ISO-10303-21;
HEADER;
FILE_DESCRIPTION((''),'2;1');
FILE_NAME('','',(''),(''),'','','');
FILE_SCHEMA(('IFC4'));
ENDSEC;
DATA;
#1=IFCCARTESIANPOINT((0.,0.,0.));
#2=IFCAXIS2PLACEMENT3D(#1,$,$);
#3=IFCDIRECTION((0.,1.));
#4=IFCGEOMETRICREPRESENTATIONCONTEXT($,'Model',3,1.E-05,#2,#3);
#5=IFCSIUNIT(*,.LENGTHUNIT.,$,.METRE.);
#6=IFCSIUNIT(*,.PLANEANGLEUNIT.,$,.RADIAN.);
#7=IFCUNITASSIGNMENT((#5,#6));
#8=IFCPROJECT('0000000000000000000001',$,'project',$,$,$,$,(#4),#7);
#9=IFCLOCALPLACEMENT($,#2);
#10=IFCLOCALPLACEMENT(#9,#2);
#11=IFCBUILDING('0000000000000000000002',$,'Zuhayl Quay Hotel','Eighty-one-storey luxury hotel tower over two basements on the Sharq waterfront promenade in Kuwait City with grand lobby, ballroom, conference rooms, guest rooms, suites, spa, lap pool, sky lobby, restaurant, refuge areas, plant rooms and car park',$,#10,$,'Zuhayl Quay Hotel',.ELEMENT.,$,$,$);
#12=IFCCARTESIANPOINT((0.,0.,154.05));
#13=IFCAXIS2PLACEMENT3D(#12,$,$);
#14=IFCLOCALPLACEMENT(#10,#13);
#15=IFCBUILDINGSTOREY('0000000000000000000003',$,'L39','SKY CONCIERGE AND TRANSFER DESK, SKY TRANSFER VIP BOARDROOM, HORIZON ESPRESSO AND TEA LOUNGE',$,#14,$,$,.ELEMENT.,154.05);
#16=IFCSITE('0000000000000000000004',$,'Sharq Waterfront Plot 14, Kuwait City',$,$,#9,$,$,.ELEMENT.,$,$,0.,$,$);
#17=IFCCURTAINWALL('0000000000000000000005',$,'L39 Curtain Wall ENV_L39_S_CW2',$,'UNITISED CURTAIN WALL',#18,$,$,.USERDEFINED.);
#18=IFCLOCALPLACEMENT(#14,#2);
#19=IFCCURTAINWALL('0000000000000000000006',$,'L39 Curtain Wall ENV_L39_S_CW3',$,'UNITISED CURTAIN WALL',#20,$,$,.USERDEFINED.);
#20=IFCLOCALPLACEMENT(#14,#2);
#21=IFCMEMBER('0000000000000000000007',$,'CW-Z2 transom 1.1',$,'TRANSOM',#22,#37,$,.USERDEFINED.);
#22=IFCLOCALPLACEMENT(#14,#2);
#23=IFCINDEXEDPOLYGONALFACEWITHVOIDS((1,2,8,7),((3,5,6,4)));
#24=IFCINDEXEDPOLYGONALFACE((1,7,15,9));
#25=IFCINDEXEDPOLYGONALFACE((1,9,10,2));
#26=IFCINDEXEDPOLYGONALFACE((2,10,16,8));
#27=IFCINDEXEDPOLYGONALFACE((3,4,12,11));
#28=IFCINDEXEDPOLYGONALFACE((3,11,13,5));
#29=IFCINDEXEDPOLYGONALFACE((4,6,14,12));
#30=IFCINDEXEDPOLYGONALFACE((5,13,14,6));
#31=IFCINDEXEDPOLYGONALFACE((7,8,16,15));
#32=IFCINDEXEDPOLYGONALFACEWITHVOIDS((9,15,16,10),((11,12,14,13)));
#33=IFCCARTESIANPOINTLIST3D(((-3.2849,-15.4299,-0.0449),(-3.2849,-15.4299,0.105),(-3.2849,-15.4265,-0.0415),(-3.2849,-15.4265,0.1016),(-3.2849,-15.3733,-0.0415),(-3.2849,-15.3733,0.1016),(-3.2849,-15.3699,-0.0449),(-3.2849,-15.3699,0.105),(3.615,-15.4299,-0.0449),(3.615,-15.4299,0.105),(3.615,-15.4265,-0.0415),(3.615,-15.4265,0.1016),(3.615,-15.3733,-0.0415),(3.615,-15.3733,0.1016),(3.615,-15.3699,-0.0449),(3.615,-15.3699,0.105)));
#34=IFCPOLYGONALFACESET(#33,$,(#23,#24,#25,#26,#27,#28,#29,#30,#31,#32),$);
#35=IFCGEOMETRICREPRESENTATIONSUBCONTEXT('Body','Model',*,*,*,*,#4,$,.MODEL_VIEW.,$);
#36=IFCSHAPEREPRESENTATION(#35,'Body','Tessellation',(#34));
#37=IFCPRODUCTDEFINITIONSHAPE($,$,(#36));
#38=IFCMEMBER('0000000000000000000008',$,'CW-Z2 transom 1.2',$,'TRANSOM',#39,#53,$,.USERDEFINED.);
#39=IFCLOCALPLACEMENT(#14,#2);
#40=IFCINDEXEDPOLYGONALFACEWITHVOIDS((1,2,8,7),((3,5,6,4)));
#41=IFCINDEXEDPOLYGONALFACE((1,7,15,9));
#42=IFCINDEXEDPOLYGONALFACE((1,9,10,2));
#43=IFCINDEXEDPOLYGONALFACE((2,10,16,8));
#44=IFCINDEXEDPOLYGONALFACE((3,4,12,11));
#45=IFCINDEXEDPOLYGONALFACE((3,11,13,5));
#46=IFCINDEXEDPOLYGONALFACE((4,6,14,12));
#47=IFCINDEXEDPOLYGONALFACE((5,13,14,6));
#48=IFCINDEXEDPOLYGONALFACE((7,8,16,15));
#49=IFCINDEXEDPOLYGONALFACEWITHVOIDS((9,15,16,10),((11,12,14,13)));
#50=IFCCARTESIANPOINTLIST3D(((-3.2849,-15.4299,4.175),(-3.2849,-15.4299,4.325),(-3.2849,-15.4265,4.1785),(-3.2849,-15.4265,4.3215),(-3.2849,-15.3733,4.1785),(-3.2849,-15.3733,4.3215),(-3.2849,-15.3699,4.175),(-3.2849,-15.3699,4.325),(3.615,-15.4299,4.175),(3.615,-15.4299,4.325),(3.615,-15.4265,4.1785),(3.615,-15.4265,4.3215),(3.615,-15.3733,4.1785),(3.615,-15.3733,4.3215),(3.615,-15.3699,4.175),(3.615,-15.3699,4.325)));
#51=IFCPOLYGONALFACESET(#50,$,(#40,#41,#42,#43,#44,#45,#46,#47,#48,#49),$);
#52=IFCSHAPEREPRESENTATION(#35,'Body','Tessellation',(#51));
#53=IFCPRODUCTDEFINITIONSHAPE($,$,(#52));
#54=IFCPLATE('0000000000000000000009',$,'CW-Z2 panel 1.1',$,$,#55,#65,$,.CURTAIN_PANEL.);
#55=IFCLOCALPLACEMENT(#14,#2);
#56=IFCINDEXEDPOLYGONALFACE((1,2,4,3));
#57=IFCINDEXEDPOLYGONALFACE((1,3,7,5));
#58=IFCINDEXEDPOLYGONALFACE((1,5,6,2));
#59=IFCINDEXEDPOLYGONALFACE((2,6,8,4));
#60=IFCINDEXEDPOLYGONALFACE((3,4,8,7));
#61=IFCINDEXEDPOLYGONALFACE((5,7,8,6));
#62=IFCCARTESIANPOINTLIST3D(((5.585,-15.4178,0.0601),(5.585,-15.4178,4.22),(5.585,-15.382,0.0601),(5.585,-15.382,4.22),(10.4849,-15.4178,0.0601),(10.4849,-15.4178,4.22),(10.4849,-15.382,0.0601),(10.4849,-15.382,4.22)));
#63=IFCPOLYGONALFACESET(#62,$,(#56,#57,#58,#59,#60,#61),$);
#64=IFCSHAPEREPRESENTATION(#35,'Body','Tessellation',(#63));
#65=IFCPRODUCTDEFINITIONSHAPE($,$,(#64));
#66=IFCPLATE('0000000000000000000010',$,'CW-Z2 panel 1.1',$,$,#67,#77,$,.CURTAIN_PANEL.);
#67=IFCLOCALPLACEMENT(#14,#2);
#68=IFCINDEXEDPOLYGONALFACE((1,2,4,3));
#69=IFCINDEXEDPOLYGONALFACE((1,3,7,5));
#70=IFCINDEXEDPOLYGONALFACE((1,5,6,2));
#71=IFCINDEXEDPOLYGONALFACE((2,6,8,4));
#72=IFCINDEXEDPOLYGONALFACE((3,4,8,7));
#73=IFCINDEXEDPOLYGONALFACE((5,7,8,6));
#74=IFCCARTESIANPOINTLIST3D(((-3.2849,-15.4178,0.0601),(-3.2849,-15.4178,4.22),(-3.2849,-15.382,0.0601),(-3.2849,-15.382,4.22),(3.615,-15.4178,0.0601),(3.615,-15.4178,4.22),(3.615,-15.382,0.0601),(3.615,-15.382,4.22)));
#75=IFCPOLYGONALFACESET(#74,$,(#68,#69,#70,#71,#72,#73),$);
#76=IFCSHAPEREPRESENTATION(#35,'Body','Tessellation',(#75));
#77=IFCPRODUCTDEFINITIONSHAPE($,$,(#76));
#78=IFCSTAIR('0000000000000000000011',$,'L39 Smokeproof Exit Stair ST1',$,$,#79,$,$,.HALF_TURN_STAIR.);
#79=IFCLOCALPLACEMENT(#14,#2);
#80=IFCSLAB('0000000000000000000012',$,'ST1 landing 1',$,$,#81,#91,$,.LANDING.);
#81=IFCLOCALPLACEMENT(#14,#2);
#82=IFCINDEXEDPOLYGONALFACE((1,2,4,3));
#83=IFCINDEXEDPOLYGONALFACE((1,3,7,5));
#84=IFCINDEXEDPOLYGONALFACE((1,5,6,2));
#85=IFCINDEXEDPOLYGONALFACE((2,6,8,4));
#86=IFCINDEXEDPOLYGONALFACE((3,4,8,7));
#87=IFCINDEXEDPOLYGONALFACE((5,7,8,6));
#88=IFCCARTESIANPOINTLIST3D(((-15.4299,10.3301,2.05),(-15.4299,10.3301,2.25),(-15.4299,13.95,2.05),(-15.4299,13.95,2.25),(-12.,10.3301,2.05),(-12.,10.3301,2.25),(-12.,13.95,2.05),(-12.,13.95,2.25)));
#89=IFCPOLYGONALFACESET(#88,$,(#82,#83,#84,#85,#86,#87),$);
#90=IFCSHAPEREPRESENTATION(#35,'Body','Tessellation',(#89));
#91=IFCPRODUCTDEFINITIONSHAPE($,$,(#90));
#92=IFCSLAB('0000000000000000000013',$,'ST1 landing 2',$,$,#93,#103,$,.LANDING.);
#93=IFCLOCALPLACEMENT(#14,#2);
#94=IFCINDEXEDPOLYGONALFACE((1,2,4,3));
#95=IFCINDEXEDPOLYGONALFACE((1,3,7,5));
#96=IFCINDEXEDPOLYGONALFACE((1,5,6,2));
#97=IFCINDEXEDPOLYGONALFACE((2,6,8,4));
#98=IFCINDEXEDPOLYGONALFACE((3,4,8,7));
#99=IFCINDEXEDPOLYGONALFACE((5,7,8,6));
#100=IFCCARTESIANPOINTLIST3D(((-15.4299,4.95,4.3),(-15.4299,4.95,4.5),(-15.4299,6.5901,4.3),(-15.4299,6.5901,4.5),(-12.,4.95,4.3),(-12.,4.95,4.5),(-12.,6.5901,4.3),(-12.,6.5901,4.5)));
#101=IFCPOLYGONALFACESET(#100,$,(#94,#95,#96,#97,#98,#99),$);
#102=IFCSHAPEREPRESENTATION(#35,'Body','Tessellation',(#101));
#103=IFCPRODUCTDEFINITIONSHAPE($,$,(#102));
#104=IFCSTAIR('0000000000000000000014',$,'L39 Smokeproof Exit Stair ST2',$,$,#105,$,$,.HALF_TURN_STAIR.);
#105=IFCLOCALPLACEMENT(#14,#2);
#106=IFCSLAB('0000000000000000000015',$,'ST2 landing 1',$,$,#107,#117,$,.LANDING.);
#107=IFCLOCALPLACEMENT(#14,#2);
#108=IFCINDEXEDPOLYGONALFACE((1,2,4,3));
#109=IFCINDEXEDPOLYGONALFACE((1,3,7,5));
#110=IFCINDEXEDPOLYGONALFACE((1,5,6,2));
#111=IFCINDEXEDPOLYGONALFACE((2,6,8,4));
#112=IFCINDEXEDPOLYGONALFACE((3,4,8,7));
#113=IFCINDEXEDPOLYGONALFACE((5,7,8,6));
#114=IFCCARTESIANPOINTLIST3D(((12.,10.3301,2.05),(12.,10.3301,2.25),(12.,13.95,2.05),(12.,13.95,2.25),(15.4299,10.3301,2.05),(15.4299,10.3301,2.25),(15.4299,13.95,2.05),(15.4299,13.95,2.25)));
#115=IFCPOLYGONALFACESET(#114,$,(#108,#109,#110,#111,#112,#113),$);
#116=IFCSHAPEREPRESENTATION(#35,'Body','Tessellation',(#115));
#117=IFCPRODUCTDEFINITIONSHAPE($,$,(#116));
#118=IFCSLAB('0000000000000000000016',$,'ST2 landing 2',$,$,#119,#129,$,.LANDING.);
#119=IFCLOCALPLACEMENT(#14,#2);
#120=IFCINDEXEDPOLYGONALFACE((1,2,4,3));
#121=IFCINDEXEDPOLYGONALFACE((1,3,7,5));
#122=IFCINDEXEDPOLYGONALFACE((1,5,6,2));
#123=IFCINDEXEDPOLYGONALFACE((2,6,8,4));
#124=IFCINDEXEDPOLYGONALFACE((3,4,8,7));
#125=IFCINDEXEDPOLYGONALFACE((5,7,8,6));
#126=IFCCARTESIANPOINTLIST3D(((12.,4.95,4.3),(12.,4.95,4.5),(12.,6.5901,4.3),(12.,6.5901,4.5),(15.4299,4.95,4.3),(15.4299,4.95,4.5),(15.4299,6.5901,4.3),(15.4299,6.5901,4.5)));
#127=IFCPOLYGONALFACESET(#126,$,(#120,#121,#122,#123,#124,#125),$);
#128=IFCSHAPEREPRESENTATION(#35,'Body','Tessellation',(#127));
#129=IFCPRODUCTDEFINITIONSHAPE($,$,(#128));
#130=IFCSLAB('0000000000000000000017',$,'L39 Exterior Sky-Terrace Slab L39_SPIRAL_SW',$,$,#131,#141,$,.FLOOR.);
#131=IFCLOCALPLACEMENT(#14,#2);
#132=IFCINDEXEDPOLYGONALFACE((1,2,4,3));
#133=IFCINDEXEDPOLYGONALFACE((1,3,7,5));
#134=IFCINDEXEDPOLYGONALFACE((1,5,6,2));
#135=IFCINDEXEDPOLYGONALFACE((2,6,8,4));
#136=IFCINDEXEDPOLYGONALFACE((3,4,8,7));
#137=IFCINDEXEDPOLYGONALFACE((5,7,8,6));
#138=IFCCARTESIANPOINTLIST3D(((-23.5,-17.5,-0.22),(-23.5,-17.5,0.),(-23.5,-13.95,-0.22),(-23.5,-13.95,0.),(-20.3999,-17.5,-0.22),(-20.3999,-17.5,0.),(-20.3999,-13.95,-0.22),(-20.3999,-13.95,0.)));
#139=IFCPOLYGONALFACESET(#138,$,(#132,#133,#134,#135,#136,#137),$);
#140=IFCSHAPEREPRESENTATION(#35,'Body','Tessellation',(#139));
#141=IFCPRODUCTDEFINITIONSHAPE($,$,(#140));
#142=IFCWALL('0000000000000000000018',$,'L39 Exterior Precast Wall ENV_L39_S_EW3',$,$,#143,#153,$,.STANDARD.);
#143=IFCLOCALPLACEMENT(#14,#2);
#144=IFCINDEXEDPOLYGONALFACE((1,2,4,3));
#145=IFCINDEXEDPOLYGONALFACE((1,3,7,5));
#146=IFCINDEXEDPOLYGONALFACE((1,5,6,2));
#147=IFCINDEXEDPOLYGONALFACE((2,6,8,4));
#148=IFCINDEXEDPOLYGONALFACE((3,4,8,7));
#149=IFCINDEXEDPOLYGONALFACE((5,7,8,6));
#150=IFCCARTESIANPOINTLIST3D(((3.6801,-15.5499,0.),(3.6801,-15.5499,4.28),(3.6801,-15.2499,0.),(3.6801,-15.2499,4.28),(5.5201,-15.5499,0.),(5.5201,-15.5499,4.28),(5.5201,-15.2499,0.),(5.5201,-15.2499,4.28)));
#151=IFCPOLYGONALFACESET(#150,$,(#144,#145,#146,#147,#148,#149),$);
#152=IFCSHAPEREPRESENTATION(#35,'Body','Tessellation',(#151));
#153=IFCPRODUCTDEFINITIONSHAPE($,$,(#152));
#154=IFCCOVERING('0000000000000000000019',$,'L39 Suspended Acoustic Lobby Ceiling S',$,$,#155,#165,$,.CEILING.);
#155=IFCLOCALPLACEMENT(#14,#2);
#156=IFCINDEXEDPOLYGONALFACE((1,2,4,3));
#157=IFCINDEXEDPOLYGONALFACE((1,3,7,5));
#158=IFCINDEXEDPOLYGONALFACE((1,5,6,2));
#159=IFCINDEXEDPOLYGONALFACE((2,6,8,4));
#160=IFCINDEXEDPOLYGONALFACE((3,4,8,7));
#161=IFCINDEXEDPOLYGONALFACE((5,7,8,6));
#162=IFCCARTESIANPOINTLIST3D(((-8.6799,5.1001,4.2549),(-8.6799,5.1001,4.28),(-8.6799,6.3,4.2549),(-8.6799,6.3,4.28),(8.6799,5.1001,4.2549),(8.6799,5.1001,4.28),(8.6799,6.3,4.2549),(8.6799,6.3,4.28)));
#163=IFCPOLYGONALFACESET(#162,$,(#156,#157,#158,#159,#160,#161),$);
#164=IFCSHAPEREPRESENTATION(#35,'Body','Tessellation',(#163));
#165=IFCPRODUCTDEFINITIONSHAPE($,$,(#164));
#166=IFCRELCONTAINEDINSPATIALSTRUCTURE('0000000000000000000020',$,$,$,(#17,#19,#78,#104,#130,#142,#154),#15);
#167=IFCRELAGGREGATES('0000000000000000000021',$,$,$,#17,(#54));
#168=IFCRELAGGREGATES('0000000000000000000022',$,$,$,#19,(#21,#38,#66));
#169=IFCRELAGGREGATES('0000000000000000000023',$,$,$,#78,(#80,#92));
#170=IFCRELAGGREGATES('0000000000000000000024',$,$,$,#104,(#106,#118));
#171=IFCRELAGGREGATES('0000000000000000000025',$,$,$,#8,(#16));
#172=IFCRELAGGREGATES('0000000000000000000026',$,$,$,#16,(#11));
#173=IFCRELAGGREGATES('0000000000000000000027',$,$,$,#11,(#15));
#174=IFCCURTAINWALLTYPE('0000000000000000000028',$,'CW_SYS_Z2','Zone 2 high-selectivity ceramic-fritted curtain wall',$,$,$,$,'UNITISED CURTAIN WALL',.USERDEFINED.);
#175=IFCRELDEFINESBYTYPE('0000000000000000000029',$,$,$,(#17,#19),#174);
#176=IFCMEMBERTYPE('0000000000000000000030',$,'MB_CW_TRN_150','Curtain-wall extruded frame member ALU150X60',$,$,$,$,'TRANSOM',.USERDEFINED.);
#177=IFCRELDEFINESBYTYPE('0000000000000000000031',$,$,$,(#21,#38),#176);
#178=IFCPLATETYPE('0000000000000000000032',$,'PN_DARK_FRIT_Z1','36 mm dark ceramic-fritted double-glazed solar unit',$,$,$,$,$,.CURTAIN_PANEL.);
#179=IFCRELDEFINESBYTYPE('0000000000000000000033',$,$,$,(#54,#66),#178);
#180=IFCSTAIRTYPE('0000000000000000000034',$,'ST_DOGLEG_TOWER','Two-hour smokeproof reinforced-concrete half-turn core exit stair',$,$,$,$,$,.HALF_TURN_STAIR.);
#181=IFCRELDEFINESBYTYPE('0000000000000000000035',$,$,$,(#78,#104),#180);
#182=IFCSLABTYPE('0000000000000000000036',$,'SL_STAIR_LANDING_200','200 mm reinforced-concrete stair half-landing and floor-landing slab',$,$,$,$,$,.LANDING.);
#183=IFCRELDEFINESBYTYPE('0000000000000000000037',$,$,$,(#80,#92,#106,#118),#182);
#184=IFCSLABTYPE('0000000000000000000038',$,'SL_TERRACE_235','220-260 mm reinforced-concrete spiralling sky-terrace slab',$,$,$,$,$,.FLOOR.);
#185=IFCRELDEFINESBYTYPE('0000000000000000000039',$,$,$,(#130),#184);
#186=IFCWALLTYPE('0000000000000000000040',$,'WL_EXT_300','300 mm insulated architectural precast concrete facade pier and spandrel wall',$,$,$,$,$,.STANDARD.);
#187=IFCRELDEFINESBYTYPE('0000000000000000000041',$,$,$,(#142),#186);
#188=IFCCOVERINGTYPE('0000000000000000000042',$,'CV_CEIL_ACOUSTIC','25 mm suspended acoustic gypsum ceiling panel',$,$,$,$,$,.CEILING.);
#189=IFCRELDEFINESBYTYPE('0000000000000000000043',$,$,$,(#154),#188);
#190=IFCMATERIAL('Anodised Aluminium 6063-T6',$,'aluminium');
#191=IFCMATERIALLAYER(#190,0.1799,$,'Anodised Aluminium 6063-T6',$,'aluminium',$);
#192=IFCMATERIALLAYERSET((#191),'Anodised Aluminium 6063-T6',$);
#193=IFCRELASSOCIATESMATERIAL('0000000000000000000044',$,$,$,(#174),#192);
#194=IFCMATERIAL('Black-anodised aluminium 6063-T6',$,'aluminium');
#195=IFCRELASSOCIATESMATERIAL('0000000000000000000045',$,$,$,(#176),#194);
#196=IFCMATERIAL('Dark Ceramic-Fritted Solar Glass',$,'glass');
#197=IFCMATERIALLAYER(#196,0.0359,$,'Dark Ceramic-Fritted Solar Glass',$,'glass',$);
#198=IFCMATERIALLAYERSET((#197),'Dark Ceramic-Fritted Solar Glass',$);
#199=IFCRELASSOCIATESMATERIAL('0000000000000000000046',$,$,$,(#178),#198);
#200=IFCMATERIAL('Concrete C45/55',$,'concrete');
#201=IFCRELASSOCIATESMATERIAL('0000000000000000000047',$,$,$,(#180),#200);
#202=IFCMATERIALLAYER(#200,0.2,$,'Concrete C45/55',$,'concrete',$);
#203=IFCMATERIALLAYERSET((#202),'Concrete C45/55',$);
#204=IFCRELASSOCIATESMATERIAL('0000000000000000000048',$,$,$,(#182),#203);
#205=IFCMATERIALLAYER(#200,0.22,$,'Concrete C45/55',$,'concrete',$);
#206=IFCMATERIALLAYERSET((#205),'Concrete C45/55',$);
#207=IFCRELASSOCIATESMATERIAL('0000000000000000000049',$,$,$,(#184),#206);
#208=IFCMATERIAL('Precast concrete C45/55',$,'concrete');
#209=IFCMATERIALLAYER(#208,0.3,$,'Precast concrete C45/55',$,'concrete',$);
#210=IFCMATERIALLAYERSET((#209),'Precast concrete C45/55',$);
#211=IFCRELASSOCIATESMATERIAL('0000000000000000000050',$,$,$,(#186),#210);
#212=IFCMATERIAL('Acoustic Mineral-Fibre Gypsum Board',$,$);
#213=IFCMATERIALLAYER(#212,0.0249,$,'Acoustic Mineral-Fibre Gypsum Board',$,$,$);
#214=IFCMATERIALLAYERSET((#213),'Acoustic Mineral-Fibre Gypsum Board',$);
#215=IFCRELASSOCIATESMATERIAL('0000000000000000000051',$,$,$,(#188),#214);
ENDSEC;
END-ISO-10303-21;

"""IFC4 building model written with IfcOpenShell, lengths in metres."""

from ifc_helpers import new_model, si_unit, direction, frame, frame_2d, origin, origin_2d, place, context, subcontext, project, spatial, polyline, rectangle, hollow_rectangle, outline, extrude, material, layer, layer_set, material_profile, profile_set, type_object, element, aggregate, save


model = new_model("IFC4")

# Units and contexts
model_context = context("Model", 3, precision=1e-05, world=origin(), true_north=direction((0.0, 1.0)))
body_context = subcontext(model_context, "Body", "Model", "MODEL_VIEW")
ifc_project = project(units=[si_unit("LENGTHUNIT", "METRE"), si_unit("PLANEANGLEUNIT", "RADIAN")], contexts=[model_context])

# Site, building, storey
site_placement = place(None, origin())
site = spatial("IfcSite", under=ifc_project, at=site_placement, Name="Sharq Waterfront Plot 14, Kuwait City", CompositionType="ELEMENT", RefElevation=0.0)
building_placement = place(site_placement, origin())
building = spatial("IfcBuilding", under=site, at=building_placement, Name="Zuhayl Quay Hotel", Description="Eighty-one-storey luxury hotel tower over two basements on the Sharq waterfront promenade in Kuwait City with grand lobby, ballroom, conference rooms, guest rooms, suites, spa, lap pool, sky lobby, restaurant, refuge areas, plant rooms and car park", LongName="Zuhayl Quay Hotel", CompositionType="ELEMENT")
storey_placement = place(building_placement, frame((0.0, 0.0, 154.05)))
storey = spatial("IfcBuildingStorey", under=building, at=storey_placement, Name="L39", Description="SKY CONCIERGE AND TRANSFER DESK, SKY TRANSFER VIP BOARDROOM, HORIZON ESPRESSO AND TEA LOUNGE", CompositionType="ELEMENT", Elevation=154.05)

# Curtain wall
ifc_material_1 = material(Name="Anodised Aluminium 6063-T6", Category="aluminium")
ifc_layer_1 = layer(ifc_material_1, 0.1799, Name="Anodised Aluminium 6063-T6", Category="aluminium")
ifc_layer_set_1 = layer_set([ifc_layer_1], Name="Anodised Aluminium 6063-T6")
curtain_wall_type = type_object("IfcCurtainWallType", Name="CW_SYS_Z2", Description="Zone 2 high-selectivity ceramic-fritted curtain wall", ElementType="UNITISED CURTAIN WALL", PredefinedType="USERDEFINED", material=ifc_layer_set_1)
curtain_wall_1_placement = place(storey_placement, origin())
curtain_wall_1 = element("IfcCurtainWall", 1, at=curtain_wall_1_placement, inside=storey, type_object=curtain_wall_type, Name="L39 Curtain Wall ENV_L39_S_CW2", ObjectType="UNITISED CURTAIN WALL", PredefinedType="USERDEFINED")
ifc_material_2 = material(Name="Black-anodised aluminium 6063-T6", Category="aluminium")

# Curtain wall, members
curtain_wall_2_placement = place(storey_placement, origin())
curtain_wall_2 = element("IfcCurtainWall", 2, at=curtain_wall_2_placement, inside=storey, type_object=curtain_wall_type, Name="L39 Curtain Wall ENV_L39_S_CW3", ObjectType="UNITISED CURTAIN WALL", PredefinedType="USERDEFINED")
ifc_material_profile_1 = material_profile(ifc_material_2, hollow_rectangle(XDim=0.0601, YDim=0.1499, WallThickness=0.0034, at=origin_2d()), Name="ALU150X60")
ifc_profile_set_1 = profile_set([ifc_material_profile_1], Name="Black-anodised aluminium 6063-T6")
member_type_1 = type_object("IfcMemberType", Name="MB_CW_TRN_150", Description="Curtain-wall extruded frame member ALU150X60", ElementType="TRANSOM", PredefinedType="USERDEFINED", material=ifc_profile_set_1)
member_1_placement = place(storey_placement, frame((3.615, -15.3999, 0.03), z_axis=(-1.0, 0.0, 0.0), x_axis=(0.0, -1.0, 0.0)))
member_1 = element("IfcMember", 3, at=member_1_placement, type_object=member_type_1, Name="CW-Z2 transom 1.1", ObjectType="TRANSOM", PredefinedType="USERDEFINED", context=body_context, shape_type="SweptSolid", body=[
    extrude(hollow_rectangle(XDim=0.0601, YDim=0.1499, WallThickness=0.0034, at=origin_2d()), origin(), (0.0, 0.0, 1.0), 6.8999),
])
member_2_placement = place(storey_placement, frame((3.615, -15.3999, 4.25), z_axis=(-1.0, 0.0, 0.0), x_axis=(0.0, -1.0, 0.0)))
member_2 = element("IfcMember", 4, at=member_2_placement, type_object=member_type_1, Name="CW-Z2 transom 1.2", ObjectType="TRANSOM", PredefinedType="USERDEFINED", context=body_context, shape_type="SweptSolid", body=[
    extrude(hollow_rectangle(XDim=0.0601, YDim=0.1499, WallThickness=0.0034, at=origin_2d()), origin(), (0.0, 0.0, 1.0), 6.8999),
])

# Plates
ifc_material_3 = material(Name="Dark Ceramic-Fritted Solar Glass", Category="glass")
ifc_layer_2 = layer(ifc_material_3, 0.0359, Name="Dark Ceramic-Fritted Solar Glass", Category="glass")
ifc_layer_set_2 = layer_set([ifc_layer_2], Name="Dark Ceramic-Fritted Solar Glass")
plate_type = type_object("IfcPlateType", Name="PN_DARK_FRIT_Z1", Description="36 mm dark ceramic-fritted double-glazed solar unit", PredefinedType="CURTAIN_PANEL", material=ifc_layer_set_2)
plate_1_placement = place(storey_placement, frame((8.0349, -15.3999, 0.0601), z_axis=(0.0, 0.0, 1.0), x_axis=(-1.0, 0.0, 0.0)))
plate_1 = element("IfcPlate", 5, at=plate_1_placement, type_object=plate_type, Name="CW-Z2 panel 1.1", PredefinedType="CURTAIN_PANEL", context=body_context, shape_type="SweptSolid", body=[
    extrude(rectangle(XDim=4.8999, YDim=0.0359, at=origin_2d()), origin(), (0.0, 0.0, 1.0), 4.1599),
])
aggregate(curtain_wall_1, [plate_1])
plate_2_placement = place(storey_placement, frame((0.165, -15.3999, 0.0601), z_axis=(0.0, 0.0, 1.0), x_axis=(-1.0, 0.0, 0.0)))
plate_2 = element("IfcPlate", 6, at=plate_2_placement, type_object=plate_type, Name="CW-Z2 panel 1.1", PredefinedType="CURTAIN_PANEL", context=body_context, shape_type="SweptSolid", body=[
    extrude(rectangle(XDim=6.8999, YDim=0.0359, at=origin_2d()), origin(), (0.0, 0.0, 1.0), 4.1599),
])
aggregate(curtain_wall_2, [member_1, member_2, plate_2])

# Stairs, slabs
ifc_material_4 = material(Name="Concrete C45/55", Category="concrete")
stair_type = type_object("IfcStairType", Name="ST_DOGLEG_TOWER", Description="Two-hour smokeproof reinforced-concrete half-turn core exit stair", PredefinedType="HALF_TURN_STAIR", material=ifc_material_4)
stair_1_placement = place(storey_placement, origin())
stair_1 = element("IfcStair", 7, at=stair_1_placement, inside=storey, type_object=stair_type, Name="L39 Smokeproof Exit Stair ST1", PredefinedType="HALF_TURN_STAIR")
ifc_layer_3 = layer(ifc_material_4, 0.2, Name="Concrete C45/55", Category="concrete")
ifc_layer_set_3 = layer_set([ifc_layer_3], Name="Concrete C45/55")
slab_type_1 = type_object("IfcSlabType", Name="SL_STAIR_LANDING_200", Description="200 mm reinforced-concrete stair half-landing and floor-landing slab", PredefinedType="LANDING", material=ifc_layer_set_3)
slab_1_placement = place(storey_placement, frame((0.0, 0.0, 2.05)))
slab_1 = element("IfcSlab", 8, at=slab_1_placement, type_object=slab_type_1, Name="ST1 landing 1", PredefinedType="LANDING", context=body_context, shape_type="SweptSolid", body=[
    extrude(outline(polyline([(-12.0, 10.3301), (-12.0, 13.95), (-15.4299, 13.95), (-15.4299, 10.3301), (-12.0, 10.3301)])), origin(), (0.0, 0.0, 1.0), 0.2),
])
slab_2_placement = place(storey_placement, frame((0.0, 0.0, 4.3)))
slab_2 = element("IfcSlab", 9, at=slab_2_placement, type_object=slab_type_1, Name="ST1 landing 2", PredefinedType="LANDING", context=body_context, shape_type="SweptSolid", body=[
    extrude(outline(polyline([(-12.0, 4.95), (-12.0, 6.5901), (-15.4299, 6.5901), (-15.4299, 4.95), (-12.0, 4.95)])), origin(), (0.0, 0.0, 1.0), 0.2),
])
aggregate(stair_1, [slab_1, slab_2])
stair_2_placement = place(storey_placement, origin())
stair_2 = element("IfcStair", 10, at=stair_2_placement, inside=storey, type_object=stair_type, Name="L39 Smokeproof Exit Stair ST2", PredefinedType="HALF_TURN_STAIR")
slab_3_placement = place(storey_placement, frame((0.0, 0.0, 2.05)))
slab_3 = element("IfcSlab", 11, at=slab_3_placement, type_object=slab_type_1, Name="ST2 landing 1", PredefinedType="LANDING", context=body_context, shape_type="SweptSolid", body=[
    extrude(outline(polyline([(15.4299, 10.3301), (15.4299, 13.95), (12.0, 13.95), (12.0, 10.3301), (15.4299, 10.3301)])), origin(), (0.0, 0.0, 1.0), 0.2),
])
slab_4_placement = place(storey_placement, frame((0.0, 0.0, 4.3)))
slab_4 = element("IfcSlab", 12, at=slab_4_placement, type_object=slab_type_1, Name="ST2 landing 2", PredefinedType="LANDING", context=body_context, shape_type="SweptSolid", body=[
    extrude(outline(polyline([(15.4299, 4.95), (15.4299, 6.5901), (12.0, 6.5901), (12.0, 4.95), (15.4299, 4.95)])), origin(), (0.0, 0.0, 1.0), 0.2),
])
aggregate(stair_2, [slab_3, slab_4])

# Slab
ifc_layer_4 = layer(ifc_material_4, 0.22, Name="Concrete C45/55", Category="concrete")
ifc_layer_set_4 = layer_set([ifc_layer_4], Name="Concrete C45/55")
slab_type_2 = type_object("IfcSlabType", Name="SL_TERRACE_235", Description="220-260 mm reinforced-concrete spiralling sky-terrace slab", PredefinedType="FLOOR", material=ifc_layer_set_4)
slab_5_placement = place(storey_placement, frame((0.0, 0.0, -0.22)))
element("IfcSlab", 13, at=slab_5_placement, inside=storey, type_object=slab_type_2, Name="L39 Exterior Sky-Terrace Slab L39_SPIRAL_SW", PredefinedType="FLOOR", context=body_context, shape_type="SweptSolid", body=[
    extrude(outline(polyline([(-23.5, -17.5), (-20.3999, -17.5), (-20.3999, -13.95), (-23.5, -13.95), (-23.5, -17.5)])), origin(), (0.0, 0.0, 1.0), 0.22),
])

# Wall
ifc_material_5 = material(Name="Precast concrete C45/55", Category="concrete")
ifc_layer_5 = layer(ifc_material_5, 0.3, Name="Precast concrete C45/55", Category="concrete")
ifc_layer_set_5 = layer_set([ifc_layer_5], Name="Precast concrete C45/55")
wall_type = type_object("IfcWallType", Name="WL_EXT_300", Description="300 mm insulated architectural precast concrete facade pier and spandrel wall", PredefinedType="STANDARD", material=ifc_layer_set_5)
wall_placement = place(storey_placement, frame((5.52, -15.3999, 0.0), z_axis=(0.0, 0.0, 1.0), x_axis=(-1.0, 0.0, 0.0)))
element("IfcWall", 14, at=wall_placement, inside=storey, type_object=wall_type, Name="L39 Exterior Precast Wall ENV_L39_S_EW3", PredefinedType="STANDARD", context=body_context, shape_type="SweptSolid", body=[
    extrude(rectangle(XDim=1.8401, YDim=0.3, at=frame_2d((0.9199, 0.0))), origin(), (0.0, 0.0, 1.0), 4.28),
])

# Covering
ifc_material_6 = material(Name="Acoustic Mineral-Fibre Gypsum Board")
ifc_layer_6 = layer(ifc_material_6, 0.0249, Name="Acoustic Mineral-Fibre Gypsum Board")
ifc_layer_set_6 = layer_set([ifc_layer_6], Name="Acoustic Mineral-Fibre Gypsum Board")
covering_type = type_object("IfcCoveringType", Name="CV_CEIL_ACOUSTIC", Description="25 mm suspended acoustic gypsum ceiling panel", PredefinedType="CEILING", material=ifc_layer_set_6)
covering_placement = place(storey_placement, frame((0.0, 0.0, 4.2549)))
element("IfcCovering", 15, at=covering_placement, inside=storey, type_object=covering_type, Name="L39 Suspended Acoustic Lobby Ceiling S", PredefinedType="CEILING", context=body_context, shape_type="SweptSolid", body=[
    extrude(outline(polyline([(-8.6799, 5.1001), (8.6799, 5.1001), (8.6799, 6.3), (-8.6799, 6.3), (-8.6799, 5.1001)])), origin(), (0.0, 0.0, 1.0), 0.0251),
])

save(model, "model.ifc")
